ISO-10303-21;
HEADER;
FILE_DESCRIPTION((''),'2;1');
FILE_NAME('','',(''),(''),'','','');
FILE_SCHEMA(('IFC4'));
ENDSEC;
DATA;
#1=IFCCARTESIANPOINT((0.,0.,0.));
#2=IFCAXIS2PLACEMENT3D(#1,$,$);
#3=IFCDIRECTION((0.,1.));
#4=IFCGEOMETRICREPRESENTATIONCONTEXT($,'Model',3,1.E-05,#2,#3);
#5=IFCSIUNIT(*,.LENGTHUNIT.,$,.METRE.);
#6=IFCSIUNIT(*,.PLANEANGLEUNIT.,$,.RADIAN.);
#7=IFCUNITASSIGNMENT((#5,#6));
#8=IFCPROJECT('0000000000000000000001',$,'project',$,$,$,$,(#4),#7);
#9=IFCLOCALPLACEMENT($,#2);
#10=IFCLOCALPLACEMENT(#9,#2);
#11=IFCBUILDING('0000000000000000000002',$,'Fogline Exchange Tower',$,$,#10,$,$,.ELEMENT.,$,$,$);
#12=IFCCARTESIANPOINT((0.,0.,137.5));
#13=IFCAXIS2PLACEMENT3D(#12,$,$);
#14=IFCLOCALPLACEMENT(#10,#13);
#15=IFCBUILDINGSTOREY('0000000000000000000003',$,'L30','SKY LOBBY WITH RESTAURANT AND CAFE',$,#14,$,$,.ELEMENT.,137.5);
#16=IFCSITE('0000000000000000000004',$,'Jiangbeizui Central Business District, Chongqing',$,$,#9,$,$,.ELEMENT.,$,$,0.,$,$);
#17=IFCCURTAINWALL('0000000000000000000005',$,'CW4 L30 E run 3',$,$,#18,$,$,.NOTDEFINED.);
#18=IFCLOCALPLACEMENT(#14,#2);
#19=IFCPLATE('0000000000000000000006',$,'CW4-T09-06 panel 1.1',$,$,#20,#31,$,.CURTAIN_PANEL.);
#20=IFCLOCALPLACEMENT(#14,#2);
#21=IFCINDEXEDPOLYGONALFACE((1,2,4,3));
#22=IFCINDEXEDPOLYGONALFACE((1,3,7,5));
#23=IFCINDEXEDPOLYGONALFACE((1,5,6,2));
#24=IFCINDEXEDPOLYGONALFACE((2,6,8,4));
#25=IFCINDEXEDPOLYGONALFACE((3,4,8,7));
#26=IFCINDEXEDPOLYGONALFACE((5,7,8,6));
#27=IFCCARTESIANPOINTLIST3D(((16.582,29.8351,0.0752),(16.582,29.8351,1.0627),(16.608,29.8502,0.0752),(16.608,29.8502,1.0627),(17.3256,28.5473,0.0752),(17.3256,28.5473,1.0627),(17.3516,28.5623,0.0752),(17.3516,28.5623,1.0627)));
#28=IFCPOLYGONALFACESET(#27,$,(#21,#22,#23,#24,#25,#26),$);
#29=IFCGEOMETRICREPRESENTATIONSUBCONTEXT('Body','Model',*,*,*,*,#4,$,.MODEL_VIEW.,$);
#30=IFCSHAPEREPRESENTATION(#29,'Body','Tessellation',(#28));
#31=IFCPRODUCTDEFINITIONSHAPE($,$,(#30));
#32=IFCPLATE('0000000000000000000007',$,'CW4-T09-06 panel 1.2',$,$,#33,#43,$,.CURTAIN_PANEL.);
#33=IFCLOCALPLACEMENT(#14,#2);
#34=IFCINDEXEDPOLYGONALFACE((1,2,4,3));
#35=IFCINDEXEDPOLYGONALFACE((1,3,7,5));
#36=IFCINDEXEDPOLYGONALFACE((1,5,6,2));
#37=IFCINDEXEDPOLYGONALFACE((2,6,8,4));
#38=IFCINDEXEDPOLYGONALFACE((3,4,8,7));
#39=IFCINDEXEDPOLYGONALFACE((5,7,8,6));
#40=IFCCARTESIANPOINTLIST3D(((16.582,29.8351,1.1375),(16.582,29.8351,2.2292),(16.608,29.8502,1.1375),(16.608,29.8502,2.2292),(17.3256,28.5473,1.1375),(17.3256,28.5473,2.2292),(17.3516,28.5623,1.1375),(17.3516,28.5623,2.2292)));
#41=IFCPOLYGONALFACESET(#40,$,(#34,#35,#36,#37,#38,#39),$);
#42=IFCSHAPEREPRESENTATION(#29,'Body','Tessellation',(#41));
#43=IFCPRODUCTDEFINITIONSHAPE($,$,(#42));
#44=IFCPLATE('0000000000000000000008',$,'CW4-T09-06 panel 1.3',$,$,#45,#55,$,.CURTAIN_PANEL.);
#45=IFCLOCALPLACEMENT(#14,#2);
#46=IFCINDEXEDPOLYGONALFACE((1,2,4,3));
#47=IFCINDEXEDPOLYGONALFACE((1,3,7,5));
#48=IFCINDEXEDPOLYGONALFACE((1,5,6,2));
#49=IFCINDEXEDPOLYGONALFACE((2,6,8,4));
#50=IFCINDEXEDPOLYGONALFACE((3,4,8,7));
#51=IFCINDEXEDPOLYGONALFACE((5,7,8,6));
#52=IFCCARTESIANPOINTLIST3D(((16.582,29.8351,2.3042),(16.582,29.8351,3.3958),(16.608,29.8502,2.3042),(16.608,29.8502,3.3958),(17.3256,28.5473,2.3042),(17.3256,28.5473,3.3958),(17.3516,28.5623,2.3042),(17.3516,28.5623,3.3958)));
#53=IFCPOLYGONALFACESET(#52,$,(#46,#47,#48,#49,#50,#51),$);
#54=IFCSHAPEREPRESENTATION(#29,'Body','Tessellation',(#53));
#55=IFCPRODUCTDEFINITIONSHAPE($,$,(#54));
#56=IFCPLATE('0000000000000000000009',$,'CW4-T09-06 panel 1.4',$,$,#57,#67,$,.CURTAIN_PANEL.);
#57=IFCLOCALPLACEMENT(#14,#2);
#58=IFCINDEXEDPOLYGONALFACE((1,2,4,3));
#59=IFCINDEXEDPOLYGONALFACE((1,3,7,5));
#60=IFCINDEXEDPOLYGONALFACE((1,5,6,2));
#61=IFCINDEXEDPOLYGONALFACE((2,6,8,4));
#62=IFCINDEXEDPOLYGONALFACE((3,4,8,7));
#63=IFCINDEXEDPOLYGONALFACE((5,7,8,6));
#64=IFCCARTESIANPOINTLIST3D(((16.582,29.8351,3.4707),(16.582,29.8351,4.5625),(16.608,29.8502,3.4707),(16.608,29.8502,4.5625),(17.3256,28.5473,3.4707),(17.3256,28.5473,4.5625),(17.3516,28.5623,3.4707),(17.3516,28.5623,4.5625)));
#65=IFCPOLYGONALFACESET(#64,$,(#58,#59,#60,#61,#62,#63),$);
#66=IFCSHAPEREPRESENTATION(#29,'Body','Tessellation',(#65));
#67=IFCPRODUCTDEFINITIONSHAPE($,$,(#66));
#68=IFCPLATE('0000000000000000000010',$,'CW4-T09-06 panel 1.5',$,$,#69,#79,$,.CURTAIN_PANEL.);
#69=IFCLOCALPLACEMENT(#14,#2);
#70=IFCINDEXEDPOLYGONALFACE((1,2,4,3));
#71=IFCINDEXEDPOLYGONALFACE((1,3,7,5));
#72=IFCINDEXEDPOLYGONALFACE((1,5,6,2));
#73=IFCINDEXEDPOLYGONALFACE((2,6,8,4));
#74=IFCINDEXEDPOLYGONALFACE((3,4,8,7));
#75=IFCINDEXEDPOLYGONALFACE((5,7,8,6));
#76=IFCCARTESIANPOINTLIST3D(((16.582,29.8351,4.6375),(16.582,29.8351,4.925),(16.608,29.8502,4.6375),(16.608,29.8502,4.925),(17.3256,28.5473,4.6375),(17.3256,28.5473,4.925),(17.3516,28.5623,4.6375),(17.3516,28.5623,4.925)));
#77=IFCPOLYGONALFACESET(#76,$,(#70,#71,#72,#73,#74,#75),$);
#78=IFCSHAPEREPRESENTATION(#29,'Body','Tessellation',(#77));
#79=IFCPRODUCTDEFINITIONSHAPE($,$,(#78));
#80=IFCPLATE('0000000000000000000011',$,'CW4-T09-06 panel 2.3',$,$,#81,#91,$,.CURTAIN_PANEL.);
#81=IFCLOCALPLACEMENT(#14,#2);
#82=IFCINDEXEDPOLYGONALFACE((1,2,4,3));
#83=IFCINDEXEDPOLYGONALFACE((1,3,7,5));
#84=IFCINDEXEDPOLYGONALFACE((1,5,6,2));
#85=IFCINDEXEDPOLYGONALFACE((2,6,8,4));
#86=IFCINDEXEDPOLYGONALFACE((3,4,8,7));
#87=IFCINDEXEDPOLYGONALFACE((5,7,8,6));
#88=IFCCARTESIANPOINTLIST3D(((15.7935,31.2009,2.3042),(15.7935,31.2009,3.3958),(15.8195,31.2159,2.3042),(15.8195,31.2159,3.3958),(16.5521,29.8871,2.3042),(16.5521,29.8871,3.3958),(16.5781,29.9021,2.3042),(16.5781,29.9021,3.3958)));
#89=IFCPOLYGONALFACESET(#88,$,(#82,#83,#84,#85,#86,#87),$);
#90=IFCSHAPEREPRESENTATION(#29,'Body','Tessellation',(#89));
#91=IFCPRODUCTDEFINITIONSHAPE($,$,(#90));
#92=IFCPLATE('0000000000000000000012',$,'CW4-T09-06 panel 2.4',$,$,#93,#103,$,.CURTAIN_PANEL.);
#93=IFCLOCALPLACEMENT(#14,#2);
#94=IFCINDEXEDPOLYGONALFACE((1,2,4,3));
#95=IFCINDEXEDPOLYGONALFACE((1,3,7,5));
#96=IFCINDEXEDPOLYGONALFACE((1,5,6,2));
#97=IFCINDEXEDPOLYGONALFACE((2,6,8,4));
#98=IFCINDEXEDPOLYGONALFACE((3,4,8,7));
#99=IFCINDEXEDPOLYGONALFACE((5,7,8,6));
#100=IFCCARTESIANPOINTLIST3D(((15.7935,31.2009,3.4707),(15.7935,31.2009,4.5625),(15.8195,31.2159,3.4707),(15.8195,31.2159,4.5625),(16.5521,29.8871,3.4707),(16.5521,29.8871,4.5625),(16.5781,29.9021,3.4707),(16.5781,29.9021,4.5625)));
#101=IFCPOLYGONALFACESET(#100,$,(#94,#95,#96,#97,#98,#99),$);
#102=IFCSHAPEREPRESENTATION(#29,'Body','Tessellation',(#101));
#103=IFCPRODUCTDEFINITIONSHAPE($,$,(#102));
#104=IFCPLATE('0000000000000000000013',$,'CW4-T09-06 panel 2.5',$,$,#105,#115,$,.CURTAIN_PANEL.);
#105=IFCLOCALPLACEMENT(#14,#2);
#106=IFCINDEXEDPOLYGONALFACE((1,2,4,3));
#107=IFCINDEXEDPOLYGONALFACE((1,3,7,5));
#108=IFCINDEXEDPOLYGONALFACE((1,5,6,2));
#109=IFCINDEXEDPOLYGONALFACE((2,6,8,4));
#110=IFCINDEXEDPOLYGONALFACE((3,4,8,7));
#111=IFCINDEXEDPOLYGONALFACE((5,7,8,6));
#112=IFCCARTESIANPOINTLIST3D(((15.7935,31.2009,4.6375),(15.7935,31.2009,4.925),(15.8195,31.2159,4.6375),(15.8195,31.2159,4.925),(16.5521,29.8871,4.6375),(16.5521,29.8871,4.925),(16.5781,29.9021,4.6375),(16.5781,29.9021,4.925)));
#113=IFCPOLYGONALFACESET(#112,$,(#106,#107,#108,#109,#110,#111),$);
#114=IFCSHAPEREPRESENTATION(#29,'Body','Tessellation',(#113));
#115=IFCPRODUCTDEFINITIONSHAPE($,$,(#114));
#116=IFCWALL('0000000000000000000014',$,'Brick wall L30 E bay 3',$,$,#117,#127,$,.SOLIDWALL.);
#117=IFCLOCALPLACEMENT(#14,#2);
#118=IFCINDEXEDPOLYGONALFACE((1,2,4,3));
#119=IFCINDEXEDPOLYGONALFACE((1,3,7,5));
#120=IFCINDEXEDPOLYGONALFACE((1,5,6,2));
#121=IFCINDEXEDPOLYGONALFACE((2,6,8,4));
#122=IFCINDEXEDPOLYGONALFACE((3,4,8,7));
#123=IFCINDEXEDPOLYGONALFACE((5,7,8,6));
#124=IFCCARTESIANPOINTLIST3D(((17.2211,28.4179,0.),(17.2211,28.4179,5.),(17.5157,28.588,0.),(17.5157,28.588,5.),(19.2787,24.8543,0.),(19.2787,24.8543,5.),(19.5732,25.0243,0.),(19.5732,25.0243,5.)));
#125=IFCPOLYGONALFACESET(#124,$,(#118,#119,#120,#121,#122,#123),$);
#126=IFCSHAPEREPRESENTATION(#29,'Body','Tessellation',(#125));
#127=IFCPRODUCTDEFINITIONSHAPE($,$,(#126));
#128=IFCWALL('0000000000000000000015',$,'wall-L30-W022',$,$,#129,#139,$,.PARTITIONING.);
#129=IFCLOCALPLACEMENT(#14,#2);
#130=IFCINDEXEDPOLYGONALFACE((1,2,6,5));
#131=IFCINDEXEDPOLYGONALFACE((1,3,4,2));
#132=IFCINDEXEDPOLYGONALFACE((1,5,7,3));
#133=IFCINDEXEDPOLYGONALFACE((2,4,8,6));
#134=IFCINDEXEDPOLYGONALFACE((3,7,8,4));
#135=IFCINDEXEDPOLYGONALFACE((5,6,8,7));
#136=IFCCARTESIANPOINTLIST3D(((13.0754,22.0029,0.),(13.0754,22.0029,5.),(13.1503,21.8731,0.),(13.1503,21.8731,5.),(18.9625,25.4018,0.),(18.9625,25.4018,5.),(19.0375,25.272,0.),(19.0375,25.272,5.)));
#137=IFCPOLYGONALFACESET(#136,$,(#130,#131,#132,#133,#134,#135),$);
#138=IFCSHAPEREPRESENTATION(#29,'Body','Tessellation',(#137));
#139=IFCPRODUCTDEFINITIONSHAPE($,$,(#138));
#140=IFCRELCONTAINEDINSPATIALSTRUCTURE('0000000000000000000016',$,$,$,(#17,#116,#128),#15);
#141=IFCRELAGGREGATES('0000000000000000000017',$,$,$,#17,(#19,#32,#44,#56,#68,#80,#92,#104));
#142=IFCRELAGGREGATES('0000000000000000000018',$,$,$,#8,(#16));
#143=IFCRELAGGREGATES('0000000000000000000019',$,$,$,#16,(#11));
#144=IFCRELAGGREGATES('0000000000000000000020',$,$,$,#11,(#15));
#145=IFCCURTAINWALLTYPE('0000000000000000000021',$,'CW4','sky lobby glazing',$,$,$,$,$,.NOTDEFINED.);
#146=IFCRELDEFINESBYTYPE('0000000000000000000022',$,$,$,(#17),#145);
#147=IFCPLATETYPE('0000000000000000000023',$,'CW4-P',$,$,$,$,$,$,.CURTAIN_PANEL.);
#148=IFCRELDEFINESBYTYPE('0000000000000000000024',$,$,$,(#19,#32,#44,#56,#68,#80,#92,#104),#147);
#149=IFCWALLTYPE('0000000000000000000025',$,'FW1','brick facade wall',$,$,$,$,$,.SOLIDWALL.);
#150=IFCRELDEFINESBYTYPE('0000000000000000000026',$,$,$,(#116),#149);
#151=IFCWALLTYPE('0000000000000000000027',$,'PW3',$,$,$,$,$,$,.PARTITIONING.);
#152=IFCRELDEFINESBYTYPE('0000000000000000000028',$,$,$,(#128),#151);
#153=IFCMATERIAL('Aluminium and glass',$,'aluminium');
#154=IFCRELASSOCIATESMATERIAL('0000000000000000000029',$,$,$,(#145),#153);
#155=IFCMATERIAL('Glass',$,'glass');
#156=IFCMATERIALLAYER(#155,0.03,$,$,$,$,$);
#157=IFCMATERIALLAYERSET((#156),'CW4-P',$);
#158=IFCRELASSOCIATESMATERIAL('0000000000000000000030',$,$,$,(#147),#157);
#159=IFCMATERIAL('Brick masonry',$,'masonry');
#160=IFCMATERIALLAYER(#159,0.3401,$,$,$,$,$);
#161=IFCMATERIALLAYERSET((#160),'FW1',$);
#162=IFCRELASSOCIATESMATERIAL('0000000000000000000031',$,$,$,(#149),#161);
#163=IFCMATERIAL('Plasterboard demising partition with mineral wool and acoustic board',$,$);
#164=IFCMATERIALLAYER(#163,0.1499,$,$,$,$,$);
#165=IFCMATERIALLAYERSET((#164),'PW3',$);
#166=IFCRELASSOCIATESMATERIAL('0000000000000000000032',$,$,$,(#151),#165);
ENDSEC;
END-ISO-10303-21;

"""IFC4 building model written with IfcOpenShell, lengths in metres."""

from ifc_helpers import new_model, si_unit, direction, frame, frame_2d, origin, origin_2d, place, context, subcontext, project, spatial, rectangle, extrude, material, layer, layer_set, type_object, element, aggregate, save


model = new_model("IFC4")

# Units and contexts
model_context = context("Model", 3, precision=1e-05, world=origin(), true_north=direction((0.0, 1.0)))
body_context = subcontext(model_context, "Body", "Model", "MODEL_VIEW")
ifc_project = project(units=[si_unit("LENGTHUNIT", "METRE"), si_unit("PLANEANGLEUNIT", "RADIAN")], contexts=[model_context])

# Site, building, storey
site_placement = place(None, origin())
site = spatial("IfcSite", under=ifc_project, at=site_placement, Name="Jiangbeizui Central Business District, Chongqing", CompositionType="ELEMENT", RefElevation=0.0)
building_placement = place(site_placement, origin())
building = spatial("IfcBuilding", under=site, at=building_placement, Name="Fogline Exchange Tower", CompositionType="ELEMENT")
storey_placement = place(building_placement, frame((0.0, 0.0, 137.5)))
storey = spatial("IfcBuildingStorey", under=building, at=storey_placement, Name="L30", Description="SKY LOBBY WITH RESTAURANT AND CAFE", CompositionType="ELEMENT", Elevation=137.5)

# Curtain wall, plates
ifc_material_1 = material(Name="Aluminium and glass", Category="aluminium")
curtain_wall_type = type_object("IfcCurtainWallType", Name="CW4", Description="sky lobby glazing", PredefinedType="NOTDEFINED", material=ifc_material_1)
curtain_wall_placement = place(storey_placement, origin())
curtain_wall = element("IfcCurtainWall", 1, at=curtain_wall_placement, inside=storey, type_object=curtain_wall_type, Name="CW4 L30 E run 3", PredefinedType="NOTDEFINED")
ifc_material_2 = material(Name="Glass", Category="glass")
ifc_layer_1 = layer(ifc_material_2, 0.03)
ifc_layer_set_1 = layer_set([ifc_layer_1], Name="CW4-P")
plate_type = type_object("IfcPlateType", Name="CW4-P", PredefinedType="CURTAIN_PANEL", material=ifc_layer_set_1)
plate_1_placement = place(storey_placement, frame((16.9668, 29.1987, 0.0752), z_axis=(0.0, 0.0, 1.0), x_axis=(-0.5, 0.866025, 0.0)))
plate_1 = element("IfcPlate", 2, at=plate_1_placement, type_object=plate_type, Name="CW4-T09-06 panel 1.1", PredefinedType="CURTAIN_PANEL", context=body_context, shape_type="SweptSolid", body=[
    extrude(rectangle(XDim=1.4871, YDim=0.03, at=origin_2d()), origin(), (0.0, 0.0, 1.0), 0.9875),
])
plate_2_placement = place(storey_placement, frame((16.9668, 29.1987, 1.1375), z_axis=(0.0, 0.0, 1.0), x_axis=(-0.5, 0.866025, 0.0)))
plate_2 = element("IfcPlate", 3, at=plate_2_placement, type_object=plate_type, Name="CW4-T09-06 panel 1.2", PredefinedType="CURTAIN_PANEL", context=body_context, shape_type="SweptSolid", body=[
    extrude(rectangle(XDim=1.4871, YDim=0.03, at=origin_2d()), origin(), (0.0, 0.0, 1.0), 1.0918),
])
plate_3_placement = place(storey_placement, frame((16.9668, 29.1987, 2.3042), z_axis=(0.0, 0.0, 1.0), x_axis=(-0.5, 0.866025, 0.0)))
plate_3 = element("IfcPlate", 4, at=plate_3_placement, type_object=plate_type, Name="CW4-T09-06 panel 1.3", PredefinedType="CURTAIN_PANEL", context=body_context, shape_type="SweptSolid", body=[
    extrude(rectangle(XDim=1.4871, YDim=0.03, at=origin_2d()), origin(), (0.0, 0.0, 1.0), 1.0916),
])
plate_4_placement = place(storey_placement, frame((16.9668, 29.1987, 3.4707), z_axis=(0.0, 0.0, 1.0), x_axis=(-0.5, 0.866025, 0.0)))
plate_4 = element("IfcPlate", 5, at=plate_4_placement, type_object=plate_type, Name="CW4-T09-06 panel 1.4", PredefinedType="CURTAIN_PANEL", context=body_context, shape_type="SweptSolid", body=[
    extrude(rectangle(XDim=1.4871, YDim=0.03, at=origin_2d()), origin(), (0.0, 0.0, 1.0), 1.0918),
])
plate_5_placement = place(storey_placement, frame((16.9668, 29.1987, 4.6375), z_axis=(0.0, 0.0, 1.0), x_axis=(-0.5, 0.866025, 0.0)))
plate_5 = element("IfcPlate", 6, at=plate_5_placement, type_object=plate_type, Name="CW4-T09-06 panel 1.5", PredefinedType="CURTAIN_PANEL", context=body_context, shape_type="SweptSolid", body=[
    extrude(rectangle(XDim=1.4871, YDim=0.03, at=origin_2d()), origin(), (0.0, 0.0, 1.0), 0.2876),
])
plate_6_placement = place(storey_placement, frame((16.1858, 30.5515, 2.3042), z_axis=(0.0, 0.0, 1.0), x_axis=(-0.5, 0.866025, 0.0)))
plate_6 = element("IfcPlate", 7, at=plate_6_placement, type_object=plate_type, Name="CW4-T09-06 panel 2.3", PredefinedType="CURTAIN_PANEL", context=body_context, shape_type="SweptSolid", body=[
    extrude(rectangle(XDim=1.5171, YDim=0.03, at=origin_2d()), origin(), (0.0, 0.0, 1.0), 1.0916),
])
plate_7_placement = place(storey_placement, frame((16.1858, 30.5515, 3.4707), z_axis=(0.0, 0.0, 1.0), x_axis=(-0.5, 0.866025, 0.0)))
plate_7 = element("IfcPlate", 8, at=plate_7_placement, type_object=plate_type, Name="CW4-T09-06 panel 2.4", PredefinedType="CURTAIN_PANEL", context=body_context, shape_type="SweptSolid", body=[
    extrude(rectangle(XDim=1.5171, YDim=0.03, at=origin_2d()), origin(), (0.0, 0.0, 1.0), 1.0918),
])
plate_8_placement = place(storey_placement, frame((16.1858, 30.5515, 4.6375), z_axis=(0.0, 0.0, 1.0), x_axis=(-0.5, 0.866025, 0.0)))
plate_8 = element("IfcPlate", 9, at=plate_8_placement, type_object=plate_type, Name="CW4-T09-06 panel 2.5", PredefinedType="CURTAIN_PANEL", context=body_context, shape_type="SweptSolid", body=[
    extrude(rectangle(XDim=1.5171, YDim=0.03, at=origin_2d()), origin(), (0.0, 0.0, 1.0), 0.2876),
])
aggregate(curtain_wall, [plate_1, plate_2, plate_3, plate_4, plate_5, plate_6, plate_7, plate_8])

# Walls
ifc_material_3 = material(Name="Brick masonry", Category="masonry")
ifc_layer_2 = layer(ifc_material_3, 0.3401)
ifc_layer_set_2 = layer_set([ifc_layer_2], Name="FW1")
wall_type_1 = type_object("IfcWallType", Name="FW1", Description="brick facade wall", PredefinedType="SOLIDWALL", material=ifc_layer_set_2)
wall_1_placement = place(storey_placement, frame((19.426, 24.9392, 0.0), z_axis=(0.0, 0.0, 1.0), x_axis=(-0.500019, 0.866015, 0.0)))
element("IfcWall", 10, at=wall_1_placement, inside=storey, type_object=wall_type_1, Name="Brick wall L30 E bay 3", PredefinedType="SOLIDWALL", context=body_context, shape_type="SweptSolid", body=[
    extrude(rectangle(XDim=4.115, YDim=0.3401, at=frame_2d((2.0576, 0.0))), origin(), (0.0, 0.0, 1.0), 5.0),
])
ifc_material_4 = material(Name="Plasterboard demising partition with mineral wool and acoustic board")
ifc_layer_3 = layer(ifc_material_4, 0.1499)
ifc_layer_set_3 = layer_set([ifc_layer_3], Name="PW3")
wall_type_2 = type_object("IfcWallType", Name="PW3", PredefinedType="PARTITIONING", material=ifc_layer_set_3)
wall_2_placement = place(storey_placement, frame((19.0, 25.3369, 0.0), z_axis=(0.0, 0.0, 1.0), x_axis=(-0.866029, -0.499994, 0.0)))
element("IfcWall", 11, at=wall_2_placement, inside=storey, type_object=wall_type_2, Name="wall-L30-W022", PredefinedType="PARTITIONING", context=body_context, shape_type="SweptSolid", body=[
    extrude(rectangle(XDim=6.7979, YDim=0.1499, at=frame_2d((3.3989, 0.0))), origin(), (0.0, 0.0, 1.0), 5.0),
])

save(model, "model.ifc")
